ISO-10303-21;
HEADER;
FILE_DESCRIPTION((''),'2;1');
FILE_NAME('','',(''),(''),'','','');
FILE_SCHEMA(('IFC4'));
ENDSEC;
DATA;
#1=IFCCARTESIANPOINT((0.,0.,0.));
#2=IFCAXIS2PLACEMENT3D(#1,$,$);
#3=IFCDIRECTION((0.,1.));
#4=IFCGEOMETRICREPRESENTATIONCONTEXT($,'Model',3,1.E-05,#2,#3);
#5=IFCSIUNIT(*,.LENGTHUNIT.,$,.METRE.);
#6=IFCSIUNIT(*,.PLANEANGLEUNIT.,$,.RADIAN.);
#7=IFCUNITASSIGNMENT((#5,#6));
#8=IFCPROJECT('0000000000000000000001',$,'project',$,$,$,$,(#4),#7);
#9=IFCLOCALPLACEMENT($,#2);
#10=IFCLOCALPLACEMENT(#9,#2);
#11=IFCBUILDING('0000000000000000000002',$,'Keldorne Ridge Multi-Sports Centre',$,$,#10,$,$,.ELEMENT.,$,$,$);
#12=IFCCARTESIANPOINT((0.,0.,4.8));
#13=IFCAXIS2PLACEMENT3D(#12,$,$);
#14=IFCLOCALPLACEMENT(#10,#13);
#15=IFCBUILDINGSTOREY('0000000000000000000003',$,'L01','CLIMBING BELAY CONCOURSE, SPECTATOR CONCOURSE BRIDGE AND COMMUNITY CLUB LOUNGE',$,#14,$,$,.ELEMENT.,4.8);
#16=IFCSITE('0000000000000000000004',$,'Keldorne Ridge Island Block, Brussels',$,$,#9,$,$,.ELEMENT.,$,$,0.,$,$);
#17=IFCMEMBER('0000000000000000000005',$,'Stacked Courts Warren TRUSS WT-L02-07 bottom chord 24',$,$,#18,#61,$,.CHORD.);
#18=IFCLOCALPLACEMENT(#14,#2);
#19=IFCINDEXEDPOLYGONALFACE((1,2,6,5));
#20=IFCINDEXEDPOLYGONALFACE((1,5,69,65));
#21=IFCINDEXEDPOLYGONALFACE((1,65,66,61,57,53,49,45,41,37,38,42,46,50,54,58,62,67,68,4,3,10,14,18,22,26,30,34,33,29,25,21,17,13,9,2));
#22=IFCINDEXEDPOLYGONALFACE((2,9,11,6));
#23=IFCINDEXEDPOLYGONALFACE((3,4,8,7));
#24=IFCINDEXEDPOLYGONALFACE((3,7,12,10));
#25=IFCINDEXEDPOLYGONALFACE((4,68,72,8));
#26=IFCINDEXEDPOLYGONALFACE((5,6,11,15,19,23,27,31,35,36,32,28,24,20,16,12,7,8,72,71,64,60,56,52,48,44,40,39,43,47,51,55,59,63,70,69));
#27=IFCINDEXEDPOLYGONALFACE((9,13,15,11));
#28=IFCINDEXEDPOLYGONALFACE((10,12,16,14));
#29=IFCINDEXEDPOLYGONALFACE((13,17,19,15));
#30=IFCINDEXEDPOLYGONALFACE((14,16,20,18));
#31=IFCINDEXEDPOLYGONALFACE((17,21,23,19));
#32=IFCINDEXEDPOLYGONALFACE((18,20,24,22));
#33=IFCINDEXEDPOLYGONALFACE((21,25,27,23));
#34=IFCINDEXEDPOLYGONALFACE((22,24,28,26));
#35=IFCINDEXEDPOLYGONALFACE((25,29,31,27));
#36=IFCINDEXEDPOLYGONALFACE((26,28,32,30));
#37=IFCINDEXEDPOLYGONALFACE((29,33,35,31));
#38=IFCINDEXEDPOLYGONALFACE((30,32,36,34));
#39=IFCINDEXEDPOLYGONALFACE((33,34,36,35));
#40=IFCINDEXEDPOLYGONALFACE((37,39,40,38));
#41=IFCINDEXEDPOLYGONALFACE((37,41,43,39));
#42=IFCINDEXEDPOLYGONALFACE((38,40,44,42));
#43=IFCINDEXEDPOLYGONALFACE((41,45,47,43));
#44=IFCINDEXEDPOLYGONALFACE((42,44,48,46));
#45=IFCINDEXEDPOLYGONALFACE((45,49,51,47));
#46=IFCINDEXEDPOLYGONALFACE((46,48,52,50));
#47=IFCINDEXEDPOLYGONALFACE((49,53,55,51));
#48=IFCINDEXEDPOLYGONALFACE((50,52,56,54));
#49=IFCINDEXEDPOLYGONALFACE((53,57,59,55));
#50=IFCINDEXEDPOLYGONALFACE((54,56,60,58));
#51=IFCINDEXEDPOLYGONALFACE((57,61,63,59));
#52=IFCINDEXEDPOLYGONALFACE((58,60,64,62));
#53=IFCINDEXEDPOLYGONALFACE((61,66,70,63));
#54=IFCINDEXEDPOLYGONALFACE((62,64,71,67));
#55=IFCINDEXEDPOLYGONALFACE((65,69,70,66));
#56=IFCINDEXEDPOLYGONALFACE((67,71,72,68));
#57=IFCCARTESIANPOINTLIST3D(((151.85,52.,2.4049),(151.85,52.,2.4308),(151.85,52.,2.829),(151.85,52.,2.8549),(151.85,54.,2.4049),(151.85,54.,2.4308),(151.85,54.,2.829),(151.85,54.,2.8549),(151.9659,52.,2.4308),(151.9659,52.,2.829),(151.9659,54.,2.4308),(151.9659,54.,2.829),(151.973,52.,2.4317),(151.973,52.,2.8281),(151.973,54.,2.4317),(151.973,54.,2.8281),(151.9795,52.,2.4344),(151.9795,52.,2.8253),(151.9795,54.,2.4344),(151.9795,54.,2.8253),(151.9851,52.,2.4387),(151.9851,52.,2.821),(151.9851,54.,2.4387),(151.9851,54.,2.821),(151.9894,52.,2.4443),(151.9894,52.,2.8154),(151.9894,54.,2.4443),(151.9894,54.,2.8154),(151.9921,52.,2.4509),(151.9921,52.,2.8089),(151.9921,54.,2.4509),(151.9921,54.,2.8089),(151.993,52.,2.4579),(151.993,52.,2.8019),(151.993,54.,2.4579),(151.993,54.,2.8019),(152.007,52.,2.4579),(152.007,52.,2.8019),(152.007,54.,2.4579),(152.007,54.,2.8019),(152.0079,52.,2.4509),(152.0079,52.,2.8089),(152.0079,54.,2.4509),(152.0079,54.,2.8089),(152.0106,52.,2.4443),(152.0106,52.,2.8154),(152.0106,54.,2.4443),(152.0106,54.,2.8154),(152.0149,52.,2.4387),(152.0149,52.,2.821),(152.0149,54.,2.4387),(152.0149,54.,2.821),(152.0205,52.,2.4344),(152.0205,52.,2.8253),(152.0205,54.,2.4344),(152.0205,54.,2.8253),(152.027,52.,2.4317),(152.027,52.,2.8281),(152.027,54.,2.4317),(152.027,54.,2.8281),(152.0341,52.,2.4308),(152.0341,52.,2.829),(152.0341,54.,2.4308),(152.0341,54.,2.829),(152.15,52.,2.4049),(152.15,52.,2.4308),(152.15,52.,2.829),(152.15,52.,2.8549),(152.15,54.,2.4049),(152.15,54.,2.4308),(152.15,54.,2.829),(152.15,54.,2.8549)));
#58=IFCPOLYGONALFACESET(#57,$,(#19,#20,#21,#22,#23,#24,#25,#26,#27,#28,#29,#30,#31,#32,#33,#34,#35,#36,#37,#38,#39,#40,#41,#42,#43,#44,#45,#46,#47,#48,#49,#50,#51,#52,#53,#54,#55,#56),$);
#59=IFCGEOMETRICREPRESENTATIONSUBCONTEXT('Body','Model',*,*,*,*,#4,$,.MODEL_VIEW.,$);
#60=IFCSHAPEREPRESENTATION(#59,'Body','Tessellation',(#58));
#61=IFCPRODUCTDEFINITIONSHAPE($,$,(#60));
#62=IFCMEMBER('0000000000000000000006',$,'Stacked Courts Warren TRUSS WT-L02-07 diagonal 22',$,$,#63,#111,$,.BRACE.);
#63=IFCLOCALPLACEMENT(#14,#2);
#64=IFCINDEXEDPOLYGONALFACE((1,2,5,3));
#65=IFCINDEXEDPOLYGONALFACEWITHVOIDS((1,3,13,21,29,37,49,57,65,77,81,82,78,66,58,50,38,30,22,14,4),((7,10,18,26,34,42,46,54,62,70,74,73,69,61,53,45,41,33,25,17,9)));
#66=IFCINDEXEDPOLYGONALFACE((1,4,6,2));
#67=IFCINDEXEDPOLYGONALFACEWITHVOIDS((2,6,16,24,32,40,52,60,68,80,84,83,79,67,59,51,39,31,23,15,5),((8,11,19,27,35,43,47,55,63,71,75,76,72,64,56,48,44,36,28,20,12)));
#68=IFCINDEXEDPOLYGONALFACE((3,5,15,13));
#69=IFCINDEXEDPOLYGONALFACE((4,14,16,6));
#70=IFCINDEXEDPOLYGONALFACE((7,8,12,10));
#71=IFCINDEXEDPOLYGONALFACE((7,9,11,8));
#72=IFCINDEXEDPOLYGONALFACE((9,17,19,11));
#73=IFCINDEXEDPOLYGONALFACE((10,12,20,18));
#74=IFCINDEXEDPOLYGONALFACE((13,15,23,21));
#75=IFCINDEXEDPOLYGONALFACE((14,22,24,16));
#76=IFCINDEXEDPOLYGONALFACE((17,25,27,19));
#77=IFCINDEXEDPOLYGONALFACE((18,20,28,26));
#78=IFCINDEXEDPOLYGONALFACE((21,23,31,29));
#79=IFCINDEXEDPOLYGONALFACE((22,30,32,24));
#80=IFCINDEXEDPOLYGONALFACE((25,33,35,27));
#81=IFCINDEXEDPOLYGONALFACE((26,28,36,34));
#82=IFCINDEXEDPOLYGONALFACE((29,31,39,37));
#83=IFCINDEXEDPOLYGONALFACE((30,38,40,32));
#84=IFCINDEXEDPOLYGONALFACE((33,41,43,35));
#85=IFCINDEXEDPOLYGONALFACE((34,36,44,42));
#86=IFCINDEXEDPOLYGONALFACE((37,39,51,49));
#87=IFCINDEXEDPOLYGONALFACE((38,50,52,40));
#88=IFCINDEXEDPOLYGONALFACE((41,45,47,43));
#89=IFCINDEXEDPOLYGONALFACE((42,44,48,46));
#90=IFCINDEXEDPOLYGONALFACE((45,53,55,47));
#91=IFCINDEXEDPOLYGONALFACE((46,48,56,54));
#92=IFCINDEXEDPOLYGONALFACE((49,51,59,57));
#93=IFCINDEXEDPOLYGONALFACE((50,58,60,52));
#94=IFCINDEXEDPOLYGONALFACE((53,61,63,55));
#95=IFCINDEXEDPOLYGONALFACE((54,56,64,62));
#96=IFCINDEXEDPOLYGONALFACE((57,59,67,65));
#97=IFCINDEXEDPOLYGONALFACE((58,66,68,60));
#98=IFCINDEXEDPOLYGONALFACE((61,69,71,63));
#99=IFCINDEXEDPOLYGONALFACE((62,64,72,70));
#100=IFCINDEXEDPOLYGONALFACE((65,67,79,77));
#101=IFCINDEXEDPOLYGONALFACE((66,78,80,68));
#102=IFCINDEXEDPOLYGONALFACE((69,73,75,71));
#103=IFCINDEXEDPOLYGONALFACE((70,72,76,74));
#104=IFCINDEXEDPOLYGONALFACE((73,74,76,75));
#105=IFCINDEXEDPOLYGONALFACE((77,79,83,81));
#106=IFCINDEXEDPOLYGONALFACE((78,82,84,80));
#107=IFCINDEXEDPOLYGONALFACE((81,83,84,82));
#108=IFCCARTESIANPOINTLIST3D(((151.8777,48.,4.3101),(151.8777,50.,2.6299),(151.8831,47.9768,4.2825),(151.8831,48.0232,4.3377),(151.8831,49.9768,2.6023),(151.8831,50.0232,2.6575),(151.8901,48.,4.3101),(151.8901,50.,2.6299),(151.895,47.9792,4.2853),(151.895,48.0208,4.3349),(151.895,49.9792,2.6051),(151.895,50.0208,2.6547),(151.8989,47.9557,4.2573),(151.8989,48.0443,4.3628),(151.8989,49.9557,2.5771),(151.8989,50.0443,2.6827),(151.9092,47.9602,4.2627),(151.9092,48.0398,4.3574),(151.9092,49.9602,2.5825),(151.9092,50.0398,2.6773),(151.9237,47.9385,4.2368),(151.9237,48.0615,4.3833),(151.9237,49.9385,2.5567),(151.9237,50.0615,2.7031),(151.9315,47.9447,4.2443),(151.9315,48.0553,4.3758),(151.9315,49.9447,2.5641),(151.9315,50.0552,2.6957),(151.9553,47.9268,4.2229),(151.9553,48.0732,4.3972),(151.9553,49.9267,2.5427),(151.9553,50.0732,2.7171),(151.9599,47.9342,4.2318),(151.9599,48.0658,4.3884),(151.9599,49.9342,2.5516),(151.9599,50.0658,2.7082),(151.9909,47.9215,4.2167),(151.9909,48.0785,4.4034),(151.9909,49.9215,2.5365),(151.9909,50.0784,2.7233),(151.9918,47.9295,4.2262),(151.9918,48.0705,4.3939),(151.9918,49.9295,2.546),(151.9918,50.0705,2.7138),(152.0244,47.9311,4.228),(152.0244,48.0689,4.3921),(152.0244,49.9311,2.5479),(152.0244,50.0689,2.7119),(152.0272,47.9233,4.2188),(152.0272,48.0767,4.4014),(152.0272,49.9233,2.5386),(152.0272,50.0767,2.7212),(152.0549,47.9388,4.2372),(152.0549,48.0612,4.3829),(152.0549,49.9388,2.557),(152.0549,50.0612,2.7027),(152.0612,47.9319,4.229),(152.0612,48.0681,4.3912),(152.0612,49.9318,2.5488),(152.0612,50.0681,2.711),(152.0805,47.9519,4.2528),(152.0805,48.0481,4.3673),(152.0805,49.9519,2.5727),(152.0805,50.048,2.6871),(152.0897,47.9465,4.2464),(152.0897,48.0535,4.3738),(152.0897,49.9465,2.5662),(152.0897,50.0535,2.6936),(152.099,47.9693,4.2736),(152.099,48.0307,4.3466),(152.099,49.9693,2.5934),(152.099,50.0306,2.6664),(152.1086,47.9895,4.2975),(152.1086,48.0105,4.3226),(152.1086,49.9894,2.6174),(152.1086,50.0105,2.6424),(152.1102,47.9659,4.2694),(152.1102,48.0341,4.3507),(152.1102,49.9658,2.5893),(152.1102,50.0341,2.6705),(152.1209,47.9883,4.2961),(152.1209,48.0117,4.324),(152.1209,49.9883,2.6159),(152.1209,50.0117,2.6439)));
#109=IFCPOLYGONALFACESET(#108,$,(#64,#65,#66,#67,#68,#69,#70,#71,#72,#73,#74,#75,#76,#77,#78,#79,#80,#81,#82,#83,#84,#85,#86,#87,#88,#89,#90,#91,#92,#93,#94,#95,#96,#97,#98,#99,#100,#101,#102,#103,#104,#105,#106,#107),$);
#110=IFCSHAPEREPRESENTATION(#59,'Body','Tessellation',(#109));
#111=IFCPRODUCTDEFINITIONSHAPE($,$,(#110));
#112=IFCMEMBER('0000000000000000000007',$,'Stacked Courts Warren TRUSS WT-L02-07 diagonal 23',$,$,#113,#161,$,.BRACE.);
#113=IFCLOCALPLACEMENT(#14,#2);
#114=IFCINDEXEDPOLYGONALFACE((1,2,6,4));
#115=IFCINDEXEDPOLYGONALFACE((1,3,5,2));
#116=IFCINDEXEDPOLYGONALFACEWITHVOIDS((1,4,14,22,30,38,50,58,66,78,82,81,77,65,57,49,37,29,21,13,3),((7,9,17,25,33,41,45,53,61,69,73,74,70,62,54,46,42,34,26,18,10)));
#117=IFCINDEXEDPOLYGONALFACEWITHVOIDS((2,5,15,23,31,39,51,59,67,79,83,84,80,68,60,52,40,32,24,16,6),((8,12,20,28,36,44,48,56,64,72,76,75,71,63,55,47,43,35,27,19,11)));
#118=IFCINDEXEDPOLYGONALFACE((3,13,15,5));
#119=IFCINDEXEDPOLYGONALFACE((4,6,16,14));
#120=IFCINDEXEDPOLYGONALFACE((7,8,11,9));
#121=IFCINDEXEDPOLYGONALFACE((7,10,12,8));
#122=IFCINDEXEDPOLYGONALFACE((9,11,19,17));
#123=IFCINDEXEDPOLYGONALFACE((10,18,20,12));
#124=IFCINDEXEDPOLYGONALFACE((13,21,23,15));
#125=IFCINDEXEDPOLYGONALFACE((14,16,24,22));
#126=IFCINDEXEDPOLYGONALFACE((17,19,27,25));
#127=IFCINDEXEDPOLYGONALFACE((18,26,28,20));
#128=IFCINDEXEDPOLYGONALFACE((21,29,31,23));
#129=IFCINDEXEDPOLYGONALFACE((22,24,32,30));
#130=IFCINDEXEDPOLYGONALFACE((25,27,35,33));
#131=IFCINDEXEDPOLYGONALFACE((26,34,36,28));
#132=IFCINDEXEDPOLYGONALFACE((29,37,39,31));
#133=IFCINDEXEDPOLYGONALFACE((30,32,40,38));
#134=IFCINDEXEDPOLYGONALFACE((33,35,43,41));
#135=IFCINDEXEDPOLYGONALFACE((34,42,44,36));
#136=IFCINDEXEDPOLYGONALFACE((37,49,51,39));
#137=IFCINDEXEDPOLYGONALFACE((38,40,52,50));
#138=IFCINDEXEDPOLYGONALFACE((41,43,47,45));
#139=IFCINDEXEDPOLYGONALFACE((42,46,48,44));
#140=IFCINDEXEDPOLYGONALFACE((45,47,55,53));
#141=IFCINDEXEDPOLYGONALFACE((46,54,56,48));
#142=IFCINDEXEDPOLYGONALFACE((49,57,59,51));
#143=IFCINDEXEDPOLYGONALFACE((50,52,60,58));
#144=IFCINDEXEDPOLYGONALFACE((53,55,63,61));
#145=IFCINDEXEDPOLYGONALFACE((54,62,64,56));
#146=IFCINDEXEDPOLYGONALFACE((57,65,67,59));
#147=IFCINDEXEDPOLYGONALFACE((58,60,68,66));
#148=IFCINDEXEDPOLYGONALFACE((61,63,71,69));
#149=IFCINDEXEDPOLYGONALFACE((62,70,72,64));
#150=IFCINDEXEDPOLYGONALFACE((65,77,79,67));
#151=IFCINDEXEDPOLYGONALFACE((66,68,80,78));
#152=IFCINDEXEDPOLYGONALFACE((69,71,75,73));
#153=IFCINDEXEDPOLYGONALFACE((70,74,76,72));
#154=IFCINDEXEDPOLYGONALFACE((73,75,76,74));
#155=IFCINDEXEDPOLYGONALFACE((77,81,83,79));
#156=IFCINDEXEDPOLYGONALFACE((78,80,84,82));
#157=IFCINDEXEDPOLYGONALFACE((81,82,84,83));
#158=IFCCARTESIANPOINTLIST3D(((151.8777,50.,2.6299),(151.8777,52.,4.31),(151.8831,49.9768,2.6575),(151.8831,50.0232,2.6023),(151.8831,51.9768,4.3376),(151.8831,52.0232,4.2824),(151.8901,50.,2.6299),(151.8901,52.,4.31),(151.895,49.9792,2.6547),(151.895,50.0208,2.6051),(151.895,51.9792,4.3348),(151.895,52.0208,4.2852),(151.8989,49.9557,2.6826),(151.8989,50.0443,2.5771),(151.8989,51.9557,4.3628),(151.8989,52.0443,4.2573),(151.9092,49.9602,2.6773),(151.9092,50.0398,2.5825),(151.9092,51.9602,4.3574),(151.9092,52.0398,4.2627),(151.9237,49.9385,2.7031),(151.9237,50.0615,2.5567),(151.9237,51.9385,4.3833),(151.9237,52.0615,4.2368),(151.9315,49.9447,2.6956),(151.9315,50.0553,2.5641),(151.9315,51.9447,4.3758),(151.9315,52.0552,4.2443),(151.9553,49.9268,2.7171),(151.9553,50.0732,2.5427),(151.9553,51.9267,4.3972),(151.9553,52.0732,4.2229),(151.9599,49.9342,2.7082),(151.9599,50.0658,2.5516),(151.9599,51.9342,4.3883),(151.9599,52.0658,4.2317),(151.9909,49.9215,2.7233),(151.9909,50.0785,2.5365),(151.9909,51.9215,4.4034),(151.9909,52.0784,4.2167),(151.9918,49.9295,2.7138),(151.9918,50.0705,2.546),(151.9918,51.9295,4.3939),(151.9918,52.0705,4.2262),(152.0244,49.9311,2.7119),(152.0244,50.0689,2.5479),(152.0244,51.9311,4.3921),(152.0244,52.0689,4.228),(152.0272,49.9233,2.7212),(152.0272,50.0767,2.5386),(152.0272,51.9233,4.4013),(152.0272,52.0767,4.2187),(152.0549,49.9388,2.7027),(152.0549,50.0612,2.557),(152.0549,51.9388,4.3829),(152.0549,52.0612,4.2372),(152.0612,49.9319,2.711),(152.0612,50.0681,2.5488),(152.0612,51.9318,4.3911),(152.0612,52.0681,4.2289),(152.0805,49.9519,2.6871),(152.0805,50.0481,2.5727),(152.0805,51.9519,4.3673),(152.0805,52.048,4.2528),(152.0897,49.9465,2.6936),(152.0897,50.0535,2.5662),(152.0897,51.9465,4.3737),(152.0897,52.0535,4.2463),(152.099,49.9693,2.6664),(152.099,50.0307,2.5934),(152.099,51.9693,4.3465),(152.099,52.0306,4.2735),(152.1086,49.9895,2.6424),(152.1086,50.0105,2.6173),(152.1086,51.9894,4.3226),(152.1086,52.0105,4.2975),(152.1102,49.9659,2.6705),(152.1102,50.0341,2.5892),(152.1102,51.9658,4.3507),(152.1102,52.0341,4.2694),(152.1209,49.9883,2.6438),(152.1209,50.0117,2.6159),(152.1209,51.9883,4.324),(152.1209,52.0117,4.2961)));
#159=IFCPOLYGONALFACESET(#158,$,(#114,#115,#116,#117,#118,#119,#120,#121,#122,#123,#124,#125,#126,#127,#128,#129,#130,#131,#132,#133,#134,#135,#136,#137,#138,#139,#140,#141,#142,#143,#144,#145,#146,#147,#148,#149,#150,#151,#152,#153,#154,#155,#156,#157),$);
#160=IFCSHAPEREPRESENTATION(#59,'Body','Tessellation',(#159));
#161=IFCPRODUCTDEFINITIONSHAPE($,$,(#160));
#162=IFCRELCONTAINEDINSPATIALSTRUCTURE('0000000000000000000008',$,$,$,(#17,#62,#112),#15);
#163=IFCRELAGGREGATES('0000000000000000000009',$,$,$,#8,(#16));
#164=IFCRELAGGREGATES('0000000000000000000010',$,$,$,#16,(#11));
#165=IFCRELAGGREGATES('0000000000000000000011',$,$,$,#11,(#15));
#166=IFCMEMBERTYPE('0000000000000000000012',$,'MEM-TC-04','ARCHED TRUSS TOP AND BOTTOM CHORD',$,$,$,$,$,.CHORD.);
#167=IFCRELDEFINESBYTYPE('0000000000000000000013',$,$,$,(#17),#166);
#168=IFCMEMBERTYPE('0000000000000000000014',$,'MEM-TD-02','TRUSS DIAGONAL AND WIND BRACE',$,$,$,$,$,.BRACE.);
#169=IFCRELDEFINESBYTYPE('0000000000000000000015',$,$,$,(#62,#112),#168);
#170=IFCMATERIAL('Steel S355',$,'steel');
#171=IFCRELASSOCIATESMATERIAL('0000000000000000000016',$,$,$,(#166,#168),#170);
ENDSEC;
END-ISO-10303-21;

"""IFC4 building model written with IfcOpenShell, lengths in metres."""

from ifc_helpers import new_model, si_unit, direction, frame, origin, origin_2d, place, context, subcontext, project, spatial, hollow_circle, i_section, extrude, material, material_profile, profile_set, type_object, element, save


model = new_model("IFC4")

# Units and contexts
model_context = context("Model", 3, precision=1e-05, world=origin(), true_north=direction((0.0, 1.0)))
body_context = subcontext(model_context, "Body", "Model", "MODEL_VIEW")
ifc_project = project(units=[si_unit("LENGTHUNIT", "METRE"), si_unit("PLANEANGLEUNIT", "RADIAN")], contexts=[model_context])

# Site, building, storey
site_placement = place(None, origin())
site = spatial("IfcSite", under=ifc_project, at=site_placement, Name="Keldorne Ridge Island Block, Brussels", CompositionType="ELEMENT", RefElevation=0.0)
building_placement = place(site_placement, origin())
building = spatial("IfcBuilding", under=site, at=building_placement, Name="Keldorne Ridge Multi-Sports Centre", CompositionType="ELEMENT")
storey_placement = place(building_placement, frame((0.0, 0.0, 4.8)))
storey = spatial("IfcBuildingStorey", under=building, at=storey_placement, Name="L01", Description="CLIMBING BELAY CONCOURSE, SPECTATOR CONCOURSE BRIDGE AND COMMUNITY CLUB LOUNGE", CompositionType="ELEMENT", Elevation=4.8)

# Shared definitions
ifc_material_1 = material(Name="Steel S355", Category="steel")

# Members
ifc_material_profile_1 = material_profile(ifc_material_1, i_section(OverallWidth=0.3, OverallDepth=0.45, WebThickness=0.0139, FlangeThickness=0.0259, FilletRadius=0.0271, at=origin_2d()), Name="HEB 450")
ifc_profile_set_1 = profile_set([ifc_material_profile_1], Name="Steel S355")
member_type_1 = type_object("IfcMemberType", Name="MEM-TC-04", Description="ARCHED TRUSS TOP AND BOTTOM CHORD", PredefinedType="CHORD", material=ifc_profile_set_1)
for number, where, z_axis, x_axis, name in (
    (1, (152.0, 52.0, 2.6299), (0.0, 1.0, 0.0), (-1.0, 0.0, 0.0), "Stacked Courts Warren TRUSS WT-L02-07 bottom chord 24"),
):
    element("IfcMember", number, at=place(storey_placement, frame(where, z_axis=z_axis, x_axis=x_axis)), inside=storey, type_object=member_type_1, Name=name, PredefinedType="CHORD", context=body_context, shape_type="SweptSolid", body=[
        extrude(i_section(OverallWidth=0.3, OverallDepth=0.45, WebThickness=0.0139, FlangeThickness=0.0259, FilletRadius=0.0271, at=origin_2d()), origin(), (0.0, 0.0, 1.0), 2.0),
    ])
ifc_material_profile_2 = material_profile(ifc_material_1, hollow_circle(Radius=0.1223, WallThickness=0.0125, at=origin_2d()), Name="CHS 244.5x12.5")
ifc_profile_set_2 = profile_set([ifc_material_profile_2], Name="Steel S355")
member_type_2 = type_object("IfcMemberType", Name="MEM-TD-02", Description="TRUSS DIAGONAL AND WIND BRACE", PredefinedType="BRACE", material=ifc_profile_set_2)
for number, where, z_axis, x_axis, name in (
    (2, (152.0, 48.0, 4.3101), (0.0, 0.765672, -0.643232), (-1.0, 0.0, 0.0), "Stacked Courts Warren TRUSS WT-L02-07 diagonal 22"),
    (3, (152.0, 50.0, 2.6299), (0.0, 0.765672, 0.643232), (-1.0, 0.0, 0.0), "Stacked Courts Warren TRUSS WT-L02-07 diagonal 23"),
):
    element("IfcMember", number, at=place(storey_placement, frame(where, z_axis=z_axis, x_axis=x_axis)), inside=storey, type_object=member_type_2, Name=name, PredefinedType="BRACE", context=body_context, shape_type="SweptSolid", body=[
        extrude(hollow_circle(Radius=0.1223, WallThickness=0.0125, at=origin_2d()), origin(), (0.0, 0.0, 1.0), 2.6121),
    ])

save(model, "model.ifc")
